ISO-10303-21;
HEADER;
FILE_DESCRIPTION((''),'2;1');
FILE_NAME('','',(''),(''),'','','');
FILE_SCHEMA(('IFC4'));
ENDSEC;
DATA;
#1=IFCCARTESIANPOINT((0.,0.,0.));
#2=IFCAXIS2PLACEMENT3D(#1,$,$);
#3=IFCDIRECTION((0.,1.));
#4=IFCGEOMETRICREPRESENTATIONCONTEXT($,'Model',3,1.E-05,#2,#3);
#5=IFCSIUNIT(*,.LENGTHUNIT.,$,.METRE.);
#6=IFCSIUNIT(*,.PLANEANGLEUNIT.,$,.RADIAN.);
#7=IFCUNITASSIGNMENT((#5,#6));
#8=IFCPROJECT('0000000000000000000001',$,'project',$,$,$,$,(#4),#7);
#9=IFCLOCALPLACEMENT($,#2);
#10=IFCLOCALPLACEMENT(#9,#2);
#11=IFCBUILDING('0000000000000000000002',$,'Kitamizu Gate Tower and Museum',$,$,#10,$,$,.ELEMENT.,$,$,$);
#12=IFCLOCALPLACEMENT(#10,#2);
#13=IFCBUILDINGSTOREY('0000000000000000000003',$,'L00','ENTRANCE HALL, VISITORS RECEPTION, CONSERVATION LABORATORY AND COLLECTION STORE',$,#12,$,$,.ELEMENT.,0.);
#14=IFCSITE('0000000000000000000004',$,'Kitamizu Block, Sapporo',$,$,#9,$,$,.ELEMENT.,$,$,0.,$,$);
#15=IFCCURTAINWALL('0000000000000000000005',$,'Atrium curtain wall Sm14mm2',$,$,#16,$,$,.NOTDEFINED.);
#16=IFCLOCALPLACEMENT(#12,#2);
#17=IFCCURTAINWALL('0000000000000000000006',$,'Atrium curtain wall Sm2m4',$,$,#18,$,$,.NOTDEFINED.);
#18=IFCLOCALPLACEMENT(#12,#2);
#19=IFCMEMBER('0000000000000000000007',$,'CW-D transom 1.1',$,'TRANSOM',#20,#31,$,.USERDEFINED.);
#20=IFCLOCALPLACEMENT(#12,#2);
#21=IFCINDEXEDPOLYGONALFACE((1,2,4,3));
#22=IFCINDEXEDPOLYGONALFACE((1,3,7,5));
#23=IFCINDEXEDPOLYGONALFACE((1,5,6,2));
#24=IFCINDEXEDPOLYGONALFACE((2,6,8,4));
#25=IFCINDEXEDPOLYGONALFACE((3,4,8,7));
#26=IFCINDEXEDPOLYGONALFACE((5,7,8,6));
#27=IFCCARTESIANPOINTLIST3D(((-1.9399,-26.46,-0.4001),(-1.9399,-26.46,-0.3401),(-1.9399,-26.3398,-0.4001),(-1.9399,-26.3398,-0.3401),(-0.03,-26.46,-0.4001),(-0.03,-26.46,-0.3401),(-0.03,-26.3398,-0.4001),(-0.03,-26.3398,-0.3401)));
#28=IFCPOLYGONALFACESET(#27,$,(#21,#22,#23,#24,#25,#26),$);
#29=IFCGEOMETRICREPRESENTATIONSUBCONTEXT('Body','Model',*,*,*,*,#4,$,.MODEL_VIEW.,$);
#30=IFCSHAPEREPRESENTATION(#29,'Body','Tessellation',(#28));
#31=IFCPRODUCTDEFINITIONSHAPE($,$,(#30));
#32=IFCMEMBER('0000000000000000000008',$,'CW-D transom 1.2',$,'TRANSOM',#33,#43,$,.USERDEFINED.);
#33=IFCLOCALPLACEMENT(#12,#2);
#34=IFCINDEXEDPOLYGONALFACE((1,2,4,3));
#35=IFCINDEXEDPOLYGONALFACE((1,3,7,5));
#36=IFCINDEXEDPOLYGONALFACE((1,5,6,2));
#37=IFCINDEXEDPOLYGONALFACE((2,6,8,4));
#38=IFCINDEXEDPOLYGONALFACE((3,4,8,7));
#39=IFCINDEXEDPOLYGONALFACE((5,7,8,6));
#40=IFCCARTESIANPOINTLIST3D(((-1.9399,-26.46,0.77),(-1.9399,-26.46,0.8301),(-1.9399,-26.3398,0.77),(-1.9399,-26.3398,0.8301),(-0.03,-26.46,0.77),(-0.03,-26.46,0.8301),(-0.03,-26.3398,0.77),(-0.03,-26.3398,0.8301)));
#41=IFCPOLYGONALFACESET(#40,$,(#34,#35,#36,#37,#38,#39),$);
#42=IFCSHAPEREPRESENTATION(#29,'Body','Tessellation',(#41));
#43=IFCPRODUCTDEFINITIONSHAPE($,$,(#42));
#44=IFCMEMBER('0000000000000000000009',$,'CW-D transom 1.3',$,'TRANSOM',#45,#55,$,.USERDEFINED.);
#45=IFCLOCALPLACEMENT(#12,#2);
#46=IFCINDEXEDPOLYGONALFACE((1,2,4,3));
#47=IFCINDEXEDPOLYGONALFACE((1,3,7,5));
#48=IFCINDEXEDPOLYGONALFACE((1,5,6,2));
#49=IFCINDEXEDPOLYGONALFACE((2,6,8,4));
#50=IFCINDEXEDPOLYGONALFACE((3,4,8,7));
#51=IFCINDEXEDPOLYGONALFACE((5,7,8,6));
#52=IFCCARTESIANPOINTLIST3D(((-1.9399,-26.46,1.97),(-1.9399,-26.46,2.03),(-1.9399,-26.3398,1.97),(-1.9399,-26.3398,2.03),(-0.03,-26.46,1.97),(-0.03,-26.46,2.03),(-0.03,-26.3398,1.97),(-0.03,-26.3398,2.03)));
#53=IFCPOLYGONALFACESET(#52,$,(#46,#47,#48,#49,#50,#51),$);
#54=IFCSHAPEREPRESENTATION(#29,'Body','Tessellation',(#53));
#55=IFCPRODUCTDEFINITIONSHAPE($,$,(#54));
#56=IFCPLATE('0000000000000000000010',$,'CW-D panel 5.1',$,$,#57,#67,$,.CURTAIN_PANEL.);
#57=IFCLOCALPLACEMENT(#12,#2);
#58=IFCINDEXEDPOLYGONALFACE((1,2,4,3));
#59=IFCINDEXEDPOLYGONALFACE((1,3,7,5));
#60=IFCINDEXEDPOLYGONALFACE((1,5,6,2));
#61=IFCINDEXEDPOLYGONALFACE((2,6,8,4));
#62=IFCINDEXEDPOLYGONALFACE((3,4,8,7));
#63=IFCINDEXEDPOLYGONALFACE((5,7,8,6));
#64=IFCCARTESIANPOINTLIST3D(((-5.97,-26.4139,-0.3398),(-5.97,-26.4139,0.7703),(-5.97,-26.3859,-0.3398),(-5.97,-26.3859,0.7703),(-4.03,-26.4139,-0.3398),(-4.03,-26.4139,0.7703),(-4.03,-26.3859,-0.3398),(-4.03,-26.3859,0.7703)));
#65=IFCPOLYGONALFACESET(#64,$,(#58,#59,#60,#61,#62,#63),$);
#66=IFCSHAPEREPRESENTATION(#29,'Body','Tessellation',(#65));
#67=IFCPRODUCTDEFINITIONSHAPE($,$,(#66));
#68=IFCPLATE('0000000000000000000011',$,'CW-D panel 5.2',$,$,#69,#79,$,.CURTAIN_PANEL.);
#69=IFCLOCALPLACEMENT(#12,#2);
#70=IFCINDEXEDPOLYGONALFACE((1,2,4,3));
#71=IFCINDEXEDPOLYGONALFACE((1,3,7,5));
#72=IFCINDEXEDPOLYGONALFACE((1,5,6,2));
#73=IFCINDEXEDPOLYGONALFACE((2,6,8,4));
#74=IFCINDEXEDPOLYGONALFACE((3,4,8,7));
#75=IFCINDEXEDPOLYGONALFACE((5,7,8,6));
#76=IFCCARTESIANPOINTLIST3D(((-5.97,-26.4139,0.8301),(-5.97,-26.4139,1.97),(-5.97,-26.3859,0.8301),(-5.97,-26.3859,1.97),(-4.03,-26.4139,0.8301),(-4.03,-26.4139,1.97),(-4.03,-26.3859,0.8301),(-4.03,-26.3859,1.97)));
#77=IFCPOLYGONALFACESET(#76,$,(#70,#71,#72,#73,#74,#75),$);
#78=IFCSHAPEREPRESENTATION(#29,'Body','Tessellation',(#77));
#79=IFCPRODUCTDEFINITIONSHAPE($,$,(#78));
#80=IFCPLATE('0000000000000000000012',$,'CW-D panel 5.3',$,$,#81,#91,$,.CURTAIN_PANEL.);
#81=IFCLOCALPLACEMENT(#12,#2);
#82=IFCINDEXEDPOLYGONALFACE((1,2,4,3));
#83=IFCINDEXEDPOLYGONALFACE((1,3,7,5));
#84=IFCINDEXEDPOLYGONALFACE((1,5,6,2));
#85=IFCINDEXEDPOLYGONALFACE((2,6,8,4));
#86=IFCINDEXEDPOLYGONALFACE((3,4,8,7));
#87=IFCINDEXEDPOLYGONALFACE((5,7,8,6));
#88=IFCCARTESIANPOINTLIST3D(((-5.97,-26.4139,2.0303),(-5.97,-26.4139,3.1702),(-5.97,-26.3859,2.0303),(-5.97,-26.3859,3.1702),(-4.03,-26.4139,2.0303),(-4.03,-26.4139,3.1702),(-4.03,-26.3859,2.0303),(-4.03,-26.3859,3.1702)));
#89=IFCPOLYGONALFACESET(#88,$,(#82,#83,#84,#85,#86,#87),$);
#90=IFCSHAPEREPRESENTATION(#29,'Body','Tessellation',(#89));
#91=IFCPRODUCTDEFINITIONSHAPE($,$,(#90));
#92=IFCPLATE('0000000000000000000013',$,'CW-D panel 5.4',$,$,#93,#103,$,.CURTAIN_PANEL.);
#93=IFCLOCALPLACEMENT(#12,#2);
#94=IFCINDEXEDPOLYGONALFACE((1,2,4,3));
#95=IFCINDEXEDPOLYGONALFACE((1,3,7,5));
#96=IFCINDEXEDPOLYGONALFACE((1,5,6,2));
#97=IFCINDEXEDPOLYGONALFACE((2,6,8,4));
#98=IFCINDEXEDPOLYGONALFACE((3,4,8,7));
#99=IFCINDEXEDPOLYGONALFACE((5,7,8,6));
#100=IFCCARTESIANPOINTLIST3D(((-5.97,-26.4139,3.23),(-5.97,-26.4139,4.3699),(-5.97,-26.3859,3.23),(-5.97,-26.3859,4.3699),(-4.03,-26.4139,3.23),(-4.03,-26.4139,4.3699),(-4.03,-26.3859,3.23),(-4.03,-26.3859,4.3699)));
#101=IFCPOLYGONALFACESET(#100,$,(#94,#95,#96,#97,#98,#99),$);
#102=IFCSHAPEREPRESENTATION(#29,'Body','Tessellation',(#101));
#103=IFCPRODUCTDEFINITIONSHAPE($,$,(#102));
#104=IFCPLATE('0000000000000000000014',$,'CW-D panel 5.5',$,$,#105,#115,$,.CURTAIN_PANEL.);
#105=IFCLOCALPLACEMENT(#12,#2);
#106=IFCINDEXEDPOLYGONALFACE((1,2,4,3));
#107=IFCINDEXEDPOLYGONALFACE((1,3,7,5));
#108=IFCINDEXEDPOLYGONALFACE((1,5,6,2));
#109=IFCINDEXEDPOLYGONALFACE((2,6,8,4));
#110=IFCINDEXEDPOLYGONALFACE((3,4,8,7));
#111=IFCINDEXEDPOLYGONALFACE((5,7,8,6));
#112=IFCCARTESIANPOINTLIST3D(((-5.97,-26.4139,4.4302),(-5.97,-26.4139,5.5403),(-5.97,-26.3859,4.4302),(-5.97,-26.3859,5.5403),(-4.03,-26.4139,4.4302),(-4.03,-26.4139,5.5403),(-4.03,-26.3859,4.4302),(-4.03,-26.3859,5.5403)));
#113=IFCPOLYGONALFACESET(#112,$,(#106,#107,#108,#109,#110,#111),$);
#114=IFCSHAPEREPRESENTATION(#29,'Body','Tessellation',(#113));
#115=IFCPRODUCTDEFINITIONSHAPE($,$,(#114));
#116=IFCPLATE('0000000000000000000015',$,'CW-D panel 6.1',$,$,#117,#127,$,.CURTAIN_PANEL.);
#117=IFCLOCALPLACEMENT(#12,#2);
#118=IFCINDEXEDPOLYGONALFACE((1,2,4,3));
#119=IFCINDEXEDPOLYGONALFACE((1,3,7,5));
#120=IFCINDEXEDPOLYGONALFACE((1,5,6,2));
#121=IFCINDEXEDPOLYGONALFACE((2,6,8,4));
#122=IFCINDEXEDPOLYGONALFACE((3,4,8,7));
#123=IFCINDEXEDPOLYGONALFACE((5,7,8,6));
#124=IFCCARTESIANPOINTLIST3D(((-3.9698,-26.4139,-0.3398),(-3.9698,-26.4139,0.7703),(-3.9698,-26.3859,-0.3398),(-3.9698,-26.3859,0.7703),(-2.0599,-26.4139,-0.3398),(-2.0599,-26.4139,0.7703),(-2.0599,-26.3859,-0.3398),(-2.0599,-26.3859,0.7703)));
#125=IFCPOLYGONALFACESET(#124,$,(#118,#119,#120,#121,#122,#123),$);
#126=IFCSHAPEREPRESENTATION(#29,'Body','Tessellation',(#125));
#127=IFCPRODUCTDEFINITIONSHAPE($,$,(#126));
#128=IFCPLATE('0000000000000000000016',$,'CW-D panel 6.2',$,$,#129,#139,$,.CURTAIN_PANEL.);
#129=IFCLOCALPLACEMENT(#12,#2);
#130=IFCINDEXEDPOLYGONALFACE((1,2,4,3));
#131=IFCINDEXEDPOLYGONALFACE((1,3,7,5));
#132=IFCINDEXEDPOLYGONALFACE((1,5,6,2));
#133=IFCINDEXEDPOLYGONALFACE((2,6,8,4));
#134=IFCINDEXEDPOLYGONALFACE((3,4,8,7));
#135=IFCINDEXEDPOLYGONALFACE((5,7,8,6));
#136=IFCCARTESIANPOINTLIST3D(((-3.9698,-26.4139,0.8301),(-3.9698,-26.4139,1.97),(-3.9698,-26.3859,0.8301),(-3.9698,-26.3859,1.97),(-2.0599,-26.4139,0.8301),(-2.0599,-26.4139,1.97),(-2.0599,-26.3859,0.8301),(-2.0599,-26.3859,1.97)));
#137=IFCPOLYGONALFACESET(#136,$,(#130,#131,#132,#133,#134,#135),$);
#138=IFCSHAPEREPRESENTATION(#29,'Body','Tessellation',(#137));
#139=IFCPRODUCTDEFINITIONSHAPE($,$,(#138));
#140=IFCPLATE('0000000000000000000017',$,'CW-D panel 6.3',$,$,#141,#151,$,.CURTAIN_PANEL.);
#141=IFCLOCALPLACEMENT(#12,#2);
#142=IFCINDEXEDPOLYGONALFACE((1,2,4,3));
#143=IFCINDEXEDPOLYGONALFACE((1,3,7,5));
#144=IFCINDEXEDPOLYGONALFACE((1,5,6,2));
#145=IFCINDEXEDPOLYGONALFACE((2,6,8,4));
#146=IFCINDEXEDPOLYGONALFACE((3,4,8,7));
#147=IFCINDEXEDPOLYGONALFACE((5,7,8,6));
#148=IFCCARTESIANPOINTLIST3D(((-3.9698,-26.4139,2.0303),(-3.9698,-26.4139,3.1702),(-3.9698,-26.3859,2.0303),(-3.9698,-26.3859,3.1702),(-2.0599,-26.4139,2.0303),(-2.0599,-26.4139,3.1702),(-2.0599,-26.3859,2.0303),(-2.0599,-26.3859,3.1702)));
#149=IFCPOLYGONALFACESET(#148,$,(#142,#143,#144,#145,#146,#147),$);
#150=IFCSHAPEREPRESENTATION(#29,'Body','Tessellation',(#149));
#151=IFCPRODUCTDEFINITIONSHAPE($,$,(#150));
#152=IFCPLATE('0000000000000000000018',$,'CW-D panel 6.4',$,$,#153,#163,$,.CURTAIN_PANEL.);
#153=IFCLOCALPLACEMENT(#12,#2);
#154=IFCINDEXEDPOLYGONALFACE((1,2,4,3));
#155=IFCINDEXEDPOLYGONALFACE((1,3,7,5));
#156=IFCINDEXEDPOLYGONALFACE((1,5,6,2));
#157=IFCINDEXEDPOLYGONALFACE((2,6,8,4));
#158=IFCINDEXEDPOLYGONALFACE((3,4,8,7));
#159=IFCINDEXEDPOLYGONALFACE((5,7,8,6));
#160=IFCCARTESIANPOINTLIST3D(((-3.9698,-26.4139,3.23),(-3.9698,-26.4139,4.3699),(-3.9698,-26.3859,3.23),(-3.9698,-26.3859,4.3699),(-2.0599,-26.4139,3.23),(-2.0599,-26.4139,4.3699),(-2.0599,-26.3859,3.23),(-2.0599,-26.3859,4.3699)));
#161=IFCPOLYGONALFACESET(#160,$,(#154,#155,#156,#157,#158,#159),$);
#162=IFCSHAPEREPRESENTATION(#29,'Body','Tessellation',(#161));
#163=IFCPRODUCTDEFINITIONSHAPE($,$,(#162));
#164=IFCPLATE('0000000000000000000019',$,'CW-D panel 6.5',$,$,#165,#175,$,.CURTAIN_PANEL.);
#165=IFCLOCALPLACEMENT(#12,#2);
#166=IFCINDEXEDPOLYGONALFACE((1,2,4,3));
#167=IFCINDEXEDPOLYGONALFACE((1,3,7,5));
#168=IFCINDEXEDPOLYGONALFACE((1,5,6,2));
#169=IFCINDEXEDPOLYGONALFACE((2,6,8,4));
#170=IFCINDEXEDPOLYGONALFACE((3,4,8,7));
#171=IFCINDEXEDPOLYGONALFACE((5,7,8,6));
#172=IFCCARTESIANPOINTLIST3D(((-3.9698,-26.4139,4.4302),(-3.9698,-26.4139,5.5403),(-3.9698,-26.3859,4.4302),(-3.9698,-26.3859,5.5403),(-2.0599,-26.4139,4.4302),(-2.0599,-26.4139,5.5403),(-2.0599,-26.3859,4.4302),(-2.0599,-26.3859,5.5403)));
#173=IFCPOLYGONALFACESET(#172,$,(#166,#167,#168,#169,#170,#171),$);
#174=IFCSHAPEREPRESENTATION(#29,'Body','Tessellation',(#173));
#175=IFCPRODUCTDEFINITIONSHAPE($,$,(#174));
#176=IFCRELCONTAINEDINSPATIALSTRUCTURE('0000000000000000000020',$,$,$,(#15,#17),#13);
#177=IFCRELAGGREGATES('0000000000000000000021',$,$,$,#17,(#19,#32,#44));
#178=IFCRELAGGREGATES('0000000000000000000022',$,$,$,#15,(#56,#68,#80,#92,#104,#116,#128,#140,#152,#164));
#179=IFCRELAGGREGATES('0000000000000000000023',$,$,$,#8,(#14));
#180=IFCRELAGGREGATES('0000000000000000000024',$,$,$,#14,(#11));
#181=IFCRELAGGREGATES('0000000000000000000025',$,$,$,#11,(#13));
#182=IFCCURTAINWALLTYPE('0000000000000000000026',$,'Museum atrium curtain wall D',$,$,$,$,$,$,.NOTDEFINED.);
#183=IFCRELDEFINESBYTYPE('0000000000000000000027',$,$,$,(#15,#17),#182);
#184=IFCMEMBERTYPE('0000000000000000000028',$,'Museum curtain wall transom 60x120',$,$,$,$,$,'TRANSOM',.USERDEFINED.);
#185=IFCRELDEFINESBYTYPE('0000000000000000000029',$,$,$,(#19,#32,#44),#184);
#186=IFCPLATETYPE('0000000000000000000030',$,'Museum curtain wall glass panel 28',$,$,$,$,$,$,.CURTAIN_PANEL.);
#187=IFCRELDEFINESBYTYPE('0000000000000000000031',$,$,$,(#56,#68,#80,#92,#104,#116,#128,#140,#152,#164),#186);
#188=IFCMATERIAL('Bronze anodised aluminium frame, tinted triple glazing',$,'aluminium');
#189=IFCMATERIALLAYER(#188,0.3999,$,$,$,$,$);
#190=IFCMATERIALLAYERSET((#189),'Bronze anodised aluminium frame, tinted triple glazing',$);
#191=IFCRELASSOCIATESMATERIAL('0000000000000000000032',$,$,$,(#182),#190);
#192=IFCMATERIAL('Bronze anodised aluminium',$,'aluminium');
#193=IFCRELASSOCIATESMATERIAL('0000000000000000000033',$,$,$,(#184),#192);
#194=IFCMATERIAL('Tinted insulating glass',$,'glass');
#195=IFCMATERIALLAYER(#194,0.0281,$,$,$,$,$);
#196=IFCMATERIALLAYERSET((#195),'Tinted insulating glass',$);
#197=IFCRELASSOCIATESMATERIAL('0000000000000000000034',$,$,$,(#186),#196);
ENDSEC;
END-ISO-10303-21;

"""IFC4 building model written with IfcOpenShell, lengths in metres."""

from ifc_helpers import new_model, si_unit, direction, frame, origin, origin_2d, place, context, subcontext, project, spatial, rectangle, extrude, material, layer, layer_set, material_profile, profile_set, type_object, element, aggregate, save


model = new_model("IFC4")

# Units and contexts
model_context = context("Model", 3, precision=1e-05, world=origin(), true_north=direction((0.0, 1.0)))
body_context = subcontext(model_context, "Body", "Model", "MODEL_VIEW")
ifc_project = project(units=[si_unit("LENGTHUNIT", "METRE"), si_unit("PLANEANGLEUNIT", "RADIAN")], contexts=[model_context])

# Site, building, storey
site_placement = place(None, origin())
site = spatial("IfcSite", under=ifc_project, at=site_placement, Name="Kitamizu Block, Sapporo", CompositionType="ELEMENT", RefElevation=0.0)
building_placement = place(site_placement, origin())
building = spatial("IfcBuilding", under=site, at=building_placement, Name="Kitamizu Gate Tower and Museum", CompositionType="ELEMENT")
storey_placement = place(building_placement, origin())
storey = spatial("IfcBuildingStorey", under=building, at=storey_placement, Name="L00", Description="ENTRANCE HALL, VISITORS RECEPTION, CONSERVATION LABORATORY AND COLLECTION STORE", CompositionType="ELEMENT", Elevation=0.0)

# Curtain wall
ifc_material_1 = material(Name="Bronze anodised aluminium frame, tinted triple glazing", Category="aluminium")
ifc_layer_1 = layer(ifc_material_1, 0.3999)
ifc_layer_set_1 = layer_set([ifc_layer_1], Name="Bronze anodised aluminium frame, tinted triple glazing")
curtain_wall_type = type_object("IfcCurtainWallType", Name="Museum atrium curtain wall D", PredefinedType="NOTDEFINED", material=ifc_layer_set_1)
curtain_wall_1_placement = place(storey_placement, origin())
curtain_wall_1 = element("IfcCurtainWall", 1, at=curtain_wall_1_placement, inside=storey, type_object=curtain_wall_type, Name="Atrium curtain wall Sm14mm2", PredefinedType="NOTDEFINED")

# Curtain wall
curtain_wall_2_placement = place(storey_placement, origin())
curtain_wall_2 = element("IfcCurtainWall", 2, at=curtain_wall_2_placement, inside=storey, type_object=curtain_wall_type, Name="Atrium curtain wall Sm2m4", PredefinedType="NOTDEFINED")

# Members
ifc_material_2 = material(Name="Bronze anodised aluminium", Category="aluminium")
ifc_material_profile_1 = material_profile(ifc_material_2, rectangle(XDim=0.1201, YDim=0.0601, at=origin_2d()), Name="120x60")
ifc_profile_set_1 = profile_set([ifc_material_profile_1], Name="Bronze anodised aluminium")
member_type_1 = type_object("IfcMemberType", Name="Museum curtain wall transom 60x120", ElementType="TRANSOM", PredefinedType="USERDEFINED", material=ifc_profile_set_1)
member_1_placement = place(storey_placement, frame((-1.9399, -26.3999, -0.3701), z_axis=(1.0, 0.0, 0.0), x_axis=(0.0, 1.0, 0.0)))
member_1 = element("IfcMember", 3, at=member_1_placement, type_object=member_type_1, Name="CW-D transom 1.1", ObjectType="TRANSOM", PredefinedType="USERDEFINED", context=body_context, shape_type="SweptSolid", body=[
    extrude(rectangle(XDim=0.1201, YDim=0.0601, at=origin_2d()), origin(), (0.0, 0.0, 1.0), 1.9099),
])
member_2_placement = place(storey_placement, frame((-1.9399, -26.3999, 0.8), z_axis=(1.0, 0.0, 0.0), x_axis=(0.0, 1.0, 0.0)))
member_2 = element("IfcMember", 4, at=member_2_placement, type_object=member_type_1, Name="CW-D transom 1.2", ObjectType="TRANSOM", PredefinedType="USERDEFINED", context=body_context, shape_type="SweptSolid", body=[
    extrude(rectangle(XDim=0.1201, YDim=0.0601, at=origin_2d()), origin(), (0.0, 0.0, 1.0), 1.9099),
])
member_3_placement = place(storey_placement, frame((-1.9399, -26.3999, 2.0), z_axis=(1.0, 0.0, 0.0), x_axis=(0.0, 1.0, 0.0)))
member_3 = element("IfcMember", 5, at=member_3_placement, type_object=member_type_1, Name="CW-D transom 1.3", ObjectType="TRANSOM", PredefinedType="USERDEFINED", context=body_context, shape_type="SweptSolid", body=[
    extrude(rectangle(XDim=0.1201, YDim=0.0601, at=origin_2d()), origin(), (0.0, 0.0, 1.0), 1.9099),
])
aggregate(curtain_wall_2, [member_1, member_2, member_3])

# Plates
ifc_material_3 = material(Name="Tinted insulating glass", Category="glass")
ifc_layer_2 = layer(ifc_material_3, 0.0281)
ifc_layer_set_2 = layer_set([ifc_layer_2], Name="Tinted insulating glass")
plate_type = type_object("IfcPlateType", Name="Museum curtain wall glass panel 28", PredefinedType="CURTAIN_PANEL", material=ifc_layer_set_2)
plate_1_placement = place(storey_placement, frame((-5.0, -26.3999, -0.3398), z_axis=(0.0, 0.0, 1.0), x_axis=(1.0, 0.0, 0.0)))
plate_1 = element("IfcPlate", 6, at=plate_1_placement, type_object=plate_type, Name="CW-D panel 5.1", PredefinedType="CURTAIN_PANEL", context=body_context, shape_type="SweptSolid", body=[
    extrude(rectangle(XDim=1.9399, YDim=0.0281, at=origin_2d()), origin(), (0.0, 0.0, 1.0), 1.1101),
])
plate_2_placement = place(storey_placement, frame((-5.0, -26.3999, 0.8301), z_axis=(0.0, 0.0, 1.0), x_axis=(1.0, 0.0, 0.0)))
plate_2 = element("IfcPlate", 7, at=plate_2_placement, type_object=plate_type, Name="CW-D panel 5.2", PredefinedType="CURTAIN_PANEL", context=body_context, shape_type="SweptSolid", body=[
    extrude(rectangle(XDim=1.9399, YDim=0.0281, at=origin_2d()), origin(), (0.0, 0.0, 1.0), 1.1399),
])
plate_3_placement = place(storey_placement, frame((-5.0, -26.3999, 2.0303), z_axis=(0.0, 0.0, 1.0), x_axis=(1.0, 0.0, 0.0)))
plate_3 = element("IfcPlate", 8, at=plate_3_placement, type_object=plate_type, Name="CW-D panel 5.3", PredefinedType="CURTAIN_PANEL", context=body_context, shape_type="SweptSolid", body=[
    extrude(rectangle(XDim=1.9399, YDim=0.0281, at=origin_2d()), origin(), (0.0, 0.0, 1.0), 1.1399),
])
plate_4_placement = place(storey_placement, frame((-5.0, -26.3999, 3.23), z_axis=(0.0, 0.0, 1.0), x_axis=(1.0, 0.0, 0.0)))
plate_4 = element("IfcPlate", 9, at=plate_4_placement, type_object=plate_type, Name="CW-D panel 5.4", PredefinedType="CURTAIN_PANEL", context=body_context, shape_type="SweptSolid", body=[
    extrude(rectangle(XDim=1.9399, YDim=0.0281, at=origin_2d()), origin(), (0.0, 0.0, 1.0), 1.1399),
])
plate_5_placement = place(storey_placement, frame((-5.0, -26.3999, 4.4302), z_axis=(0.0, 0.0, 1.0), x_axis=(1.0, 0.0, 0.0)))
plate_5 = element("IfcPlate", 10, at=plate_5_placement, type_object=plate_type, Name="CW-D panel 5.5", PredefinedType="CURTAIN_PANEL", context=body_context, shape_type="SweptSolid", body=[
    extrude(rectangle(XDim=1.9399, YDim=0.0281, at=origin_2d()), origin(), (0.0, 0.0, 1.0), 1.1101),
])
plate_6_placement = place(storey_placement, frame((-3.0149, -26.3999, -0.3398), z_axis=(0.0, 0.0, 1.0), x_axis=(1.0, 0.0, 0.0)))
plate_6 = element("IfcPlate", 11, at=plate_6_placement, type_object=plate_type, Name="CW-D panel 6.1", PredefinedType="CURTAIN_PANEL", context=body_context, shape_type="SweptSolid", body=[
    extrude(rectangle(XDim=1.9099, YDim=0.0281, at=origin_2d()), origin(), (0.0, 0.0, 1.0), 1.1101),
])
plate_7_placement = place(storey_placement, frame((-3.0149, -26.3999, 0.8301), z_axis=(0.0, 0.0, 1.0), x_axis=(1.0, 0.0, 0.0)))
plate_7 = element("IfcPlate", 12, at=plate_7_placement, type_object=plate_type, Name="CW-D panel 6.2", PredefinedType="CURTAIN_PANEL", context=body_context, shape_type="SweptSolid", body=[
    extrude(rectangle(XDim=1.9099, YDim=0.0281, at=origin_2d()), origin(), (0.0, 0.0, 1.0), 1.1399),
])
plate_8_placement = place(storey_placement, frame((-3.0149, -26.3999, 2.0303), z_axis=(0.0, 0.0, 1.0), x_axis=(1.0, 0.0, 0.0)))
plate_8 = element("IfcPlate", 13, at=plate_8_placement, type_object=plate_type, Name="CW-D panel 6.3", PredefinedType="CURTAIN_PANEL", context=body_context, shape_type="SweptSolid", body=[
    extrude(rectangle(XDim=1.9099, YDim=0.0281, at=origin_2d()), origin(), (0.0, 0.0, 1.0), 1.1399),
])
plate_9_placement = place(storey_placement, frame((-3.0149, -26.3999, 3.23), z_axis=(0.0, 0.0, 1.0), x_axis=(1.0, 0.0, 0.0)))
plate_9 = element("IfcPlate", 14, at=plate_9_placement, type_object=plate_type, Name="CW-D panel 6.4", PredefinedType="CURTAIN_PANEL", context=body_context, shape_type="SweptSolid", body=[
    extrude(rectangle(XDim=1.9099, YDim=0.0281, at=origin_2d()), origin(), (0.0, 0.0, 1.0), 1.1399),
])
plate_10_placement = place(storey_placement, frame((-3.0149, -26.3999, 4.4302), z_axis=(0.0, 0.0, 1.0), x_axis=(1.0, 0.0, 0.0)))
plate_10 = element("IfcPlate", 15, at=plate_10_placement, type_object=plate_type, Name="CW-D panel 6.5", PredefinedType="CURTAIN_PANEL", context=body_context, shape_type="SweptSolid", body=[
    extrude(rectangle(XDim=1.9099, YDim=0.0281, at=origin_2d()), origin(), (0.0, 0.0, 1.0), 1.1101),
])
aggregate(curtain_wall_1, [plate_1, plate_2, plate_3, plate_4, plate_5, plate_6, plate_7, plate_8, plate_9, plate_10])

save(model, "model.ifc")
